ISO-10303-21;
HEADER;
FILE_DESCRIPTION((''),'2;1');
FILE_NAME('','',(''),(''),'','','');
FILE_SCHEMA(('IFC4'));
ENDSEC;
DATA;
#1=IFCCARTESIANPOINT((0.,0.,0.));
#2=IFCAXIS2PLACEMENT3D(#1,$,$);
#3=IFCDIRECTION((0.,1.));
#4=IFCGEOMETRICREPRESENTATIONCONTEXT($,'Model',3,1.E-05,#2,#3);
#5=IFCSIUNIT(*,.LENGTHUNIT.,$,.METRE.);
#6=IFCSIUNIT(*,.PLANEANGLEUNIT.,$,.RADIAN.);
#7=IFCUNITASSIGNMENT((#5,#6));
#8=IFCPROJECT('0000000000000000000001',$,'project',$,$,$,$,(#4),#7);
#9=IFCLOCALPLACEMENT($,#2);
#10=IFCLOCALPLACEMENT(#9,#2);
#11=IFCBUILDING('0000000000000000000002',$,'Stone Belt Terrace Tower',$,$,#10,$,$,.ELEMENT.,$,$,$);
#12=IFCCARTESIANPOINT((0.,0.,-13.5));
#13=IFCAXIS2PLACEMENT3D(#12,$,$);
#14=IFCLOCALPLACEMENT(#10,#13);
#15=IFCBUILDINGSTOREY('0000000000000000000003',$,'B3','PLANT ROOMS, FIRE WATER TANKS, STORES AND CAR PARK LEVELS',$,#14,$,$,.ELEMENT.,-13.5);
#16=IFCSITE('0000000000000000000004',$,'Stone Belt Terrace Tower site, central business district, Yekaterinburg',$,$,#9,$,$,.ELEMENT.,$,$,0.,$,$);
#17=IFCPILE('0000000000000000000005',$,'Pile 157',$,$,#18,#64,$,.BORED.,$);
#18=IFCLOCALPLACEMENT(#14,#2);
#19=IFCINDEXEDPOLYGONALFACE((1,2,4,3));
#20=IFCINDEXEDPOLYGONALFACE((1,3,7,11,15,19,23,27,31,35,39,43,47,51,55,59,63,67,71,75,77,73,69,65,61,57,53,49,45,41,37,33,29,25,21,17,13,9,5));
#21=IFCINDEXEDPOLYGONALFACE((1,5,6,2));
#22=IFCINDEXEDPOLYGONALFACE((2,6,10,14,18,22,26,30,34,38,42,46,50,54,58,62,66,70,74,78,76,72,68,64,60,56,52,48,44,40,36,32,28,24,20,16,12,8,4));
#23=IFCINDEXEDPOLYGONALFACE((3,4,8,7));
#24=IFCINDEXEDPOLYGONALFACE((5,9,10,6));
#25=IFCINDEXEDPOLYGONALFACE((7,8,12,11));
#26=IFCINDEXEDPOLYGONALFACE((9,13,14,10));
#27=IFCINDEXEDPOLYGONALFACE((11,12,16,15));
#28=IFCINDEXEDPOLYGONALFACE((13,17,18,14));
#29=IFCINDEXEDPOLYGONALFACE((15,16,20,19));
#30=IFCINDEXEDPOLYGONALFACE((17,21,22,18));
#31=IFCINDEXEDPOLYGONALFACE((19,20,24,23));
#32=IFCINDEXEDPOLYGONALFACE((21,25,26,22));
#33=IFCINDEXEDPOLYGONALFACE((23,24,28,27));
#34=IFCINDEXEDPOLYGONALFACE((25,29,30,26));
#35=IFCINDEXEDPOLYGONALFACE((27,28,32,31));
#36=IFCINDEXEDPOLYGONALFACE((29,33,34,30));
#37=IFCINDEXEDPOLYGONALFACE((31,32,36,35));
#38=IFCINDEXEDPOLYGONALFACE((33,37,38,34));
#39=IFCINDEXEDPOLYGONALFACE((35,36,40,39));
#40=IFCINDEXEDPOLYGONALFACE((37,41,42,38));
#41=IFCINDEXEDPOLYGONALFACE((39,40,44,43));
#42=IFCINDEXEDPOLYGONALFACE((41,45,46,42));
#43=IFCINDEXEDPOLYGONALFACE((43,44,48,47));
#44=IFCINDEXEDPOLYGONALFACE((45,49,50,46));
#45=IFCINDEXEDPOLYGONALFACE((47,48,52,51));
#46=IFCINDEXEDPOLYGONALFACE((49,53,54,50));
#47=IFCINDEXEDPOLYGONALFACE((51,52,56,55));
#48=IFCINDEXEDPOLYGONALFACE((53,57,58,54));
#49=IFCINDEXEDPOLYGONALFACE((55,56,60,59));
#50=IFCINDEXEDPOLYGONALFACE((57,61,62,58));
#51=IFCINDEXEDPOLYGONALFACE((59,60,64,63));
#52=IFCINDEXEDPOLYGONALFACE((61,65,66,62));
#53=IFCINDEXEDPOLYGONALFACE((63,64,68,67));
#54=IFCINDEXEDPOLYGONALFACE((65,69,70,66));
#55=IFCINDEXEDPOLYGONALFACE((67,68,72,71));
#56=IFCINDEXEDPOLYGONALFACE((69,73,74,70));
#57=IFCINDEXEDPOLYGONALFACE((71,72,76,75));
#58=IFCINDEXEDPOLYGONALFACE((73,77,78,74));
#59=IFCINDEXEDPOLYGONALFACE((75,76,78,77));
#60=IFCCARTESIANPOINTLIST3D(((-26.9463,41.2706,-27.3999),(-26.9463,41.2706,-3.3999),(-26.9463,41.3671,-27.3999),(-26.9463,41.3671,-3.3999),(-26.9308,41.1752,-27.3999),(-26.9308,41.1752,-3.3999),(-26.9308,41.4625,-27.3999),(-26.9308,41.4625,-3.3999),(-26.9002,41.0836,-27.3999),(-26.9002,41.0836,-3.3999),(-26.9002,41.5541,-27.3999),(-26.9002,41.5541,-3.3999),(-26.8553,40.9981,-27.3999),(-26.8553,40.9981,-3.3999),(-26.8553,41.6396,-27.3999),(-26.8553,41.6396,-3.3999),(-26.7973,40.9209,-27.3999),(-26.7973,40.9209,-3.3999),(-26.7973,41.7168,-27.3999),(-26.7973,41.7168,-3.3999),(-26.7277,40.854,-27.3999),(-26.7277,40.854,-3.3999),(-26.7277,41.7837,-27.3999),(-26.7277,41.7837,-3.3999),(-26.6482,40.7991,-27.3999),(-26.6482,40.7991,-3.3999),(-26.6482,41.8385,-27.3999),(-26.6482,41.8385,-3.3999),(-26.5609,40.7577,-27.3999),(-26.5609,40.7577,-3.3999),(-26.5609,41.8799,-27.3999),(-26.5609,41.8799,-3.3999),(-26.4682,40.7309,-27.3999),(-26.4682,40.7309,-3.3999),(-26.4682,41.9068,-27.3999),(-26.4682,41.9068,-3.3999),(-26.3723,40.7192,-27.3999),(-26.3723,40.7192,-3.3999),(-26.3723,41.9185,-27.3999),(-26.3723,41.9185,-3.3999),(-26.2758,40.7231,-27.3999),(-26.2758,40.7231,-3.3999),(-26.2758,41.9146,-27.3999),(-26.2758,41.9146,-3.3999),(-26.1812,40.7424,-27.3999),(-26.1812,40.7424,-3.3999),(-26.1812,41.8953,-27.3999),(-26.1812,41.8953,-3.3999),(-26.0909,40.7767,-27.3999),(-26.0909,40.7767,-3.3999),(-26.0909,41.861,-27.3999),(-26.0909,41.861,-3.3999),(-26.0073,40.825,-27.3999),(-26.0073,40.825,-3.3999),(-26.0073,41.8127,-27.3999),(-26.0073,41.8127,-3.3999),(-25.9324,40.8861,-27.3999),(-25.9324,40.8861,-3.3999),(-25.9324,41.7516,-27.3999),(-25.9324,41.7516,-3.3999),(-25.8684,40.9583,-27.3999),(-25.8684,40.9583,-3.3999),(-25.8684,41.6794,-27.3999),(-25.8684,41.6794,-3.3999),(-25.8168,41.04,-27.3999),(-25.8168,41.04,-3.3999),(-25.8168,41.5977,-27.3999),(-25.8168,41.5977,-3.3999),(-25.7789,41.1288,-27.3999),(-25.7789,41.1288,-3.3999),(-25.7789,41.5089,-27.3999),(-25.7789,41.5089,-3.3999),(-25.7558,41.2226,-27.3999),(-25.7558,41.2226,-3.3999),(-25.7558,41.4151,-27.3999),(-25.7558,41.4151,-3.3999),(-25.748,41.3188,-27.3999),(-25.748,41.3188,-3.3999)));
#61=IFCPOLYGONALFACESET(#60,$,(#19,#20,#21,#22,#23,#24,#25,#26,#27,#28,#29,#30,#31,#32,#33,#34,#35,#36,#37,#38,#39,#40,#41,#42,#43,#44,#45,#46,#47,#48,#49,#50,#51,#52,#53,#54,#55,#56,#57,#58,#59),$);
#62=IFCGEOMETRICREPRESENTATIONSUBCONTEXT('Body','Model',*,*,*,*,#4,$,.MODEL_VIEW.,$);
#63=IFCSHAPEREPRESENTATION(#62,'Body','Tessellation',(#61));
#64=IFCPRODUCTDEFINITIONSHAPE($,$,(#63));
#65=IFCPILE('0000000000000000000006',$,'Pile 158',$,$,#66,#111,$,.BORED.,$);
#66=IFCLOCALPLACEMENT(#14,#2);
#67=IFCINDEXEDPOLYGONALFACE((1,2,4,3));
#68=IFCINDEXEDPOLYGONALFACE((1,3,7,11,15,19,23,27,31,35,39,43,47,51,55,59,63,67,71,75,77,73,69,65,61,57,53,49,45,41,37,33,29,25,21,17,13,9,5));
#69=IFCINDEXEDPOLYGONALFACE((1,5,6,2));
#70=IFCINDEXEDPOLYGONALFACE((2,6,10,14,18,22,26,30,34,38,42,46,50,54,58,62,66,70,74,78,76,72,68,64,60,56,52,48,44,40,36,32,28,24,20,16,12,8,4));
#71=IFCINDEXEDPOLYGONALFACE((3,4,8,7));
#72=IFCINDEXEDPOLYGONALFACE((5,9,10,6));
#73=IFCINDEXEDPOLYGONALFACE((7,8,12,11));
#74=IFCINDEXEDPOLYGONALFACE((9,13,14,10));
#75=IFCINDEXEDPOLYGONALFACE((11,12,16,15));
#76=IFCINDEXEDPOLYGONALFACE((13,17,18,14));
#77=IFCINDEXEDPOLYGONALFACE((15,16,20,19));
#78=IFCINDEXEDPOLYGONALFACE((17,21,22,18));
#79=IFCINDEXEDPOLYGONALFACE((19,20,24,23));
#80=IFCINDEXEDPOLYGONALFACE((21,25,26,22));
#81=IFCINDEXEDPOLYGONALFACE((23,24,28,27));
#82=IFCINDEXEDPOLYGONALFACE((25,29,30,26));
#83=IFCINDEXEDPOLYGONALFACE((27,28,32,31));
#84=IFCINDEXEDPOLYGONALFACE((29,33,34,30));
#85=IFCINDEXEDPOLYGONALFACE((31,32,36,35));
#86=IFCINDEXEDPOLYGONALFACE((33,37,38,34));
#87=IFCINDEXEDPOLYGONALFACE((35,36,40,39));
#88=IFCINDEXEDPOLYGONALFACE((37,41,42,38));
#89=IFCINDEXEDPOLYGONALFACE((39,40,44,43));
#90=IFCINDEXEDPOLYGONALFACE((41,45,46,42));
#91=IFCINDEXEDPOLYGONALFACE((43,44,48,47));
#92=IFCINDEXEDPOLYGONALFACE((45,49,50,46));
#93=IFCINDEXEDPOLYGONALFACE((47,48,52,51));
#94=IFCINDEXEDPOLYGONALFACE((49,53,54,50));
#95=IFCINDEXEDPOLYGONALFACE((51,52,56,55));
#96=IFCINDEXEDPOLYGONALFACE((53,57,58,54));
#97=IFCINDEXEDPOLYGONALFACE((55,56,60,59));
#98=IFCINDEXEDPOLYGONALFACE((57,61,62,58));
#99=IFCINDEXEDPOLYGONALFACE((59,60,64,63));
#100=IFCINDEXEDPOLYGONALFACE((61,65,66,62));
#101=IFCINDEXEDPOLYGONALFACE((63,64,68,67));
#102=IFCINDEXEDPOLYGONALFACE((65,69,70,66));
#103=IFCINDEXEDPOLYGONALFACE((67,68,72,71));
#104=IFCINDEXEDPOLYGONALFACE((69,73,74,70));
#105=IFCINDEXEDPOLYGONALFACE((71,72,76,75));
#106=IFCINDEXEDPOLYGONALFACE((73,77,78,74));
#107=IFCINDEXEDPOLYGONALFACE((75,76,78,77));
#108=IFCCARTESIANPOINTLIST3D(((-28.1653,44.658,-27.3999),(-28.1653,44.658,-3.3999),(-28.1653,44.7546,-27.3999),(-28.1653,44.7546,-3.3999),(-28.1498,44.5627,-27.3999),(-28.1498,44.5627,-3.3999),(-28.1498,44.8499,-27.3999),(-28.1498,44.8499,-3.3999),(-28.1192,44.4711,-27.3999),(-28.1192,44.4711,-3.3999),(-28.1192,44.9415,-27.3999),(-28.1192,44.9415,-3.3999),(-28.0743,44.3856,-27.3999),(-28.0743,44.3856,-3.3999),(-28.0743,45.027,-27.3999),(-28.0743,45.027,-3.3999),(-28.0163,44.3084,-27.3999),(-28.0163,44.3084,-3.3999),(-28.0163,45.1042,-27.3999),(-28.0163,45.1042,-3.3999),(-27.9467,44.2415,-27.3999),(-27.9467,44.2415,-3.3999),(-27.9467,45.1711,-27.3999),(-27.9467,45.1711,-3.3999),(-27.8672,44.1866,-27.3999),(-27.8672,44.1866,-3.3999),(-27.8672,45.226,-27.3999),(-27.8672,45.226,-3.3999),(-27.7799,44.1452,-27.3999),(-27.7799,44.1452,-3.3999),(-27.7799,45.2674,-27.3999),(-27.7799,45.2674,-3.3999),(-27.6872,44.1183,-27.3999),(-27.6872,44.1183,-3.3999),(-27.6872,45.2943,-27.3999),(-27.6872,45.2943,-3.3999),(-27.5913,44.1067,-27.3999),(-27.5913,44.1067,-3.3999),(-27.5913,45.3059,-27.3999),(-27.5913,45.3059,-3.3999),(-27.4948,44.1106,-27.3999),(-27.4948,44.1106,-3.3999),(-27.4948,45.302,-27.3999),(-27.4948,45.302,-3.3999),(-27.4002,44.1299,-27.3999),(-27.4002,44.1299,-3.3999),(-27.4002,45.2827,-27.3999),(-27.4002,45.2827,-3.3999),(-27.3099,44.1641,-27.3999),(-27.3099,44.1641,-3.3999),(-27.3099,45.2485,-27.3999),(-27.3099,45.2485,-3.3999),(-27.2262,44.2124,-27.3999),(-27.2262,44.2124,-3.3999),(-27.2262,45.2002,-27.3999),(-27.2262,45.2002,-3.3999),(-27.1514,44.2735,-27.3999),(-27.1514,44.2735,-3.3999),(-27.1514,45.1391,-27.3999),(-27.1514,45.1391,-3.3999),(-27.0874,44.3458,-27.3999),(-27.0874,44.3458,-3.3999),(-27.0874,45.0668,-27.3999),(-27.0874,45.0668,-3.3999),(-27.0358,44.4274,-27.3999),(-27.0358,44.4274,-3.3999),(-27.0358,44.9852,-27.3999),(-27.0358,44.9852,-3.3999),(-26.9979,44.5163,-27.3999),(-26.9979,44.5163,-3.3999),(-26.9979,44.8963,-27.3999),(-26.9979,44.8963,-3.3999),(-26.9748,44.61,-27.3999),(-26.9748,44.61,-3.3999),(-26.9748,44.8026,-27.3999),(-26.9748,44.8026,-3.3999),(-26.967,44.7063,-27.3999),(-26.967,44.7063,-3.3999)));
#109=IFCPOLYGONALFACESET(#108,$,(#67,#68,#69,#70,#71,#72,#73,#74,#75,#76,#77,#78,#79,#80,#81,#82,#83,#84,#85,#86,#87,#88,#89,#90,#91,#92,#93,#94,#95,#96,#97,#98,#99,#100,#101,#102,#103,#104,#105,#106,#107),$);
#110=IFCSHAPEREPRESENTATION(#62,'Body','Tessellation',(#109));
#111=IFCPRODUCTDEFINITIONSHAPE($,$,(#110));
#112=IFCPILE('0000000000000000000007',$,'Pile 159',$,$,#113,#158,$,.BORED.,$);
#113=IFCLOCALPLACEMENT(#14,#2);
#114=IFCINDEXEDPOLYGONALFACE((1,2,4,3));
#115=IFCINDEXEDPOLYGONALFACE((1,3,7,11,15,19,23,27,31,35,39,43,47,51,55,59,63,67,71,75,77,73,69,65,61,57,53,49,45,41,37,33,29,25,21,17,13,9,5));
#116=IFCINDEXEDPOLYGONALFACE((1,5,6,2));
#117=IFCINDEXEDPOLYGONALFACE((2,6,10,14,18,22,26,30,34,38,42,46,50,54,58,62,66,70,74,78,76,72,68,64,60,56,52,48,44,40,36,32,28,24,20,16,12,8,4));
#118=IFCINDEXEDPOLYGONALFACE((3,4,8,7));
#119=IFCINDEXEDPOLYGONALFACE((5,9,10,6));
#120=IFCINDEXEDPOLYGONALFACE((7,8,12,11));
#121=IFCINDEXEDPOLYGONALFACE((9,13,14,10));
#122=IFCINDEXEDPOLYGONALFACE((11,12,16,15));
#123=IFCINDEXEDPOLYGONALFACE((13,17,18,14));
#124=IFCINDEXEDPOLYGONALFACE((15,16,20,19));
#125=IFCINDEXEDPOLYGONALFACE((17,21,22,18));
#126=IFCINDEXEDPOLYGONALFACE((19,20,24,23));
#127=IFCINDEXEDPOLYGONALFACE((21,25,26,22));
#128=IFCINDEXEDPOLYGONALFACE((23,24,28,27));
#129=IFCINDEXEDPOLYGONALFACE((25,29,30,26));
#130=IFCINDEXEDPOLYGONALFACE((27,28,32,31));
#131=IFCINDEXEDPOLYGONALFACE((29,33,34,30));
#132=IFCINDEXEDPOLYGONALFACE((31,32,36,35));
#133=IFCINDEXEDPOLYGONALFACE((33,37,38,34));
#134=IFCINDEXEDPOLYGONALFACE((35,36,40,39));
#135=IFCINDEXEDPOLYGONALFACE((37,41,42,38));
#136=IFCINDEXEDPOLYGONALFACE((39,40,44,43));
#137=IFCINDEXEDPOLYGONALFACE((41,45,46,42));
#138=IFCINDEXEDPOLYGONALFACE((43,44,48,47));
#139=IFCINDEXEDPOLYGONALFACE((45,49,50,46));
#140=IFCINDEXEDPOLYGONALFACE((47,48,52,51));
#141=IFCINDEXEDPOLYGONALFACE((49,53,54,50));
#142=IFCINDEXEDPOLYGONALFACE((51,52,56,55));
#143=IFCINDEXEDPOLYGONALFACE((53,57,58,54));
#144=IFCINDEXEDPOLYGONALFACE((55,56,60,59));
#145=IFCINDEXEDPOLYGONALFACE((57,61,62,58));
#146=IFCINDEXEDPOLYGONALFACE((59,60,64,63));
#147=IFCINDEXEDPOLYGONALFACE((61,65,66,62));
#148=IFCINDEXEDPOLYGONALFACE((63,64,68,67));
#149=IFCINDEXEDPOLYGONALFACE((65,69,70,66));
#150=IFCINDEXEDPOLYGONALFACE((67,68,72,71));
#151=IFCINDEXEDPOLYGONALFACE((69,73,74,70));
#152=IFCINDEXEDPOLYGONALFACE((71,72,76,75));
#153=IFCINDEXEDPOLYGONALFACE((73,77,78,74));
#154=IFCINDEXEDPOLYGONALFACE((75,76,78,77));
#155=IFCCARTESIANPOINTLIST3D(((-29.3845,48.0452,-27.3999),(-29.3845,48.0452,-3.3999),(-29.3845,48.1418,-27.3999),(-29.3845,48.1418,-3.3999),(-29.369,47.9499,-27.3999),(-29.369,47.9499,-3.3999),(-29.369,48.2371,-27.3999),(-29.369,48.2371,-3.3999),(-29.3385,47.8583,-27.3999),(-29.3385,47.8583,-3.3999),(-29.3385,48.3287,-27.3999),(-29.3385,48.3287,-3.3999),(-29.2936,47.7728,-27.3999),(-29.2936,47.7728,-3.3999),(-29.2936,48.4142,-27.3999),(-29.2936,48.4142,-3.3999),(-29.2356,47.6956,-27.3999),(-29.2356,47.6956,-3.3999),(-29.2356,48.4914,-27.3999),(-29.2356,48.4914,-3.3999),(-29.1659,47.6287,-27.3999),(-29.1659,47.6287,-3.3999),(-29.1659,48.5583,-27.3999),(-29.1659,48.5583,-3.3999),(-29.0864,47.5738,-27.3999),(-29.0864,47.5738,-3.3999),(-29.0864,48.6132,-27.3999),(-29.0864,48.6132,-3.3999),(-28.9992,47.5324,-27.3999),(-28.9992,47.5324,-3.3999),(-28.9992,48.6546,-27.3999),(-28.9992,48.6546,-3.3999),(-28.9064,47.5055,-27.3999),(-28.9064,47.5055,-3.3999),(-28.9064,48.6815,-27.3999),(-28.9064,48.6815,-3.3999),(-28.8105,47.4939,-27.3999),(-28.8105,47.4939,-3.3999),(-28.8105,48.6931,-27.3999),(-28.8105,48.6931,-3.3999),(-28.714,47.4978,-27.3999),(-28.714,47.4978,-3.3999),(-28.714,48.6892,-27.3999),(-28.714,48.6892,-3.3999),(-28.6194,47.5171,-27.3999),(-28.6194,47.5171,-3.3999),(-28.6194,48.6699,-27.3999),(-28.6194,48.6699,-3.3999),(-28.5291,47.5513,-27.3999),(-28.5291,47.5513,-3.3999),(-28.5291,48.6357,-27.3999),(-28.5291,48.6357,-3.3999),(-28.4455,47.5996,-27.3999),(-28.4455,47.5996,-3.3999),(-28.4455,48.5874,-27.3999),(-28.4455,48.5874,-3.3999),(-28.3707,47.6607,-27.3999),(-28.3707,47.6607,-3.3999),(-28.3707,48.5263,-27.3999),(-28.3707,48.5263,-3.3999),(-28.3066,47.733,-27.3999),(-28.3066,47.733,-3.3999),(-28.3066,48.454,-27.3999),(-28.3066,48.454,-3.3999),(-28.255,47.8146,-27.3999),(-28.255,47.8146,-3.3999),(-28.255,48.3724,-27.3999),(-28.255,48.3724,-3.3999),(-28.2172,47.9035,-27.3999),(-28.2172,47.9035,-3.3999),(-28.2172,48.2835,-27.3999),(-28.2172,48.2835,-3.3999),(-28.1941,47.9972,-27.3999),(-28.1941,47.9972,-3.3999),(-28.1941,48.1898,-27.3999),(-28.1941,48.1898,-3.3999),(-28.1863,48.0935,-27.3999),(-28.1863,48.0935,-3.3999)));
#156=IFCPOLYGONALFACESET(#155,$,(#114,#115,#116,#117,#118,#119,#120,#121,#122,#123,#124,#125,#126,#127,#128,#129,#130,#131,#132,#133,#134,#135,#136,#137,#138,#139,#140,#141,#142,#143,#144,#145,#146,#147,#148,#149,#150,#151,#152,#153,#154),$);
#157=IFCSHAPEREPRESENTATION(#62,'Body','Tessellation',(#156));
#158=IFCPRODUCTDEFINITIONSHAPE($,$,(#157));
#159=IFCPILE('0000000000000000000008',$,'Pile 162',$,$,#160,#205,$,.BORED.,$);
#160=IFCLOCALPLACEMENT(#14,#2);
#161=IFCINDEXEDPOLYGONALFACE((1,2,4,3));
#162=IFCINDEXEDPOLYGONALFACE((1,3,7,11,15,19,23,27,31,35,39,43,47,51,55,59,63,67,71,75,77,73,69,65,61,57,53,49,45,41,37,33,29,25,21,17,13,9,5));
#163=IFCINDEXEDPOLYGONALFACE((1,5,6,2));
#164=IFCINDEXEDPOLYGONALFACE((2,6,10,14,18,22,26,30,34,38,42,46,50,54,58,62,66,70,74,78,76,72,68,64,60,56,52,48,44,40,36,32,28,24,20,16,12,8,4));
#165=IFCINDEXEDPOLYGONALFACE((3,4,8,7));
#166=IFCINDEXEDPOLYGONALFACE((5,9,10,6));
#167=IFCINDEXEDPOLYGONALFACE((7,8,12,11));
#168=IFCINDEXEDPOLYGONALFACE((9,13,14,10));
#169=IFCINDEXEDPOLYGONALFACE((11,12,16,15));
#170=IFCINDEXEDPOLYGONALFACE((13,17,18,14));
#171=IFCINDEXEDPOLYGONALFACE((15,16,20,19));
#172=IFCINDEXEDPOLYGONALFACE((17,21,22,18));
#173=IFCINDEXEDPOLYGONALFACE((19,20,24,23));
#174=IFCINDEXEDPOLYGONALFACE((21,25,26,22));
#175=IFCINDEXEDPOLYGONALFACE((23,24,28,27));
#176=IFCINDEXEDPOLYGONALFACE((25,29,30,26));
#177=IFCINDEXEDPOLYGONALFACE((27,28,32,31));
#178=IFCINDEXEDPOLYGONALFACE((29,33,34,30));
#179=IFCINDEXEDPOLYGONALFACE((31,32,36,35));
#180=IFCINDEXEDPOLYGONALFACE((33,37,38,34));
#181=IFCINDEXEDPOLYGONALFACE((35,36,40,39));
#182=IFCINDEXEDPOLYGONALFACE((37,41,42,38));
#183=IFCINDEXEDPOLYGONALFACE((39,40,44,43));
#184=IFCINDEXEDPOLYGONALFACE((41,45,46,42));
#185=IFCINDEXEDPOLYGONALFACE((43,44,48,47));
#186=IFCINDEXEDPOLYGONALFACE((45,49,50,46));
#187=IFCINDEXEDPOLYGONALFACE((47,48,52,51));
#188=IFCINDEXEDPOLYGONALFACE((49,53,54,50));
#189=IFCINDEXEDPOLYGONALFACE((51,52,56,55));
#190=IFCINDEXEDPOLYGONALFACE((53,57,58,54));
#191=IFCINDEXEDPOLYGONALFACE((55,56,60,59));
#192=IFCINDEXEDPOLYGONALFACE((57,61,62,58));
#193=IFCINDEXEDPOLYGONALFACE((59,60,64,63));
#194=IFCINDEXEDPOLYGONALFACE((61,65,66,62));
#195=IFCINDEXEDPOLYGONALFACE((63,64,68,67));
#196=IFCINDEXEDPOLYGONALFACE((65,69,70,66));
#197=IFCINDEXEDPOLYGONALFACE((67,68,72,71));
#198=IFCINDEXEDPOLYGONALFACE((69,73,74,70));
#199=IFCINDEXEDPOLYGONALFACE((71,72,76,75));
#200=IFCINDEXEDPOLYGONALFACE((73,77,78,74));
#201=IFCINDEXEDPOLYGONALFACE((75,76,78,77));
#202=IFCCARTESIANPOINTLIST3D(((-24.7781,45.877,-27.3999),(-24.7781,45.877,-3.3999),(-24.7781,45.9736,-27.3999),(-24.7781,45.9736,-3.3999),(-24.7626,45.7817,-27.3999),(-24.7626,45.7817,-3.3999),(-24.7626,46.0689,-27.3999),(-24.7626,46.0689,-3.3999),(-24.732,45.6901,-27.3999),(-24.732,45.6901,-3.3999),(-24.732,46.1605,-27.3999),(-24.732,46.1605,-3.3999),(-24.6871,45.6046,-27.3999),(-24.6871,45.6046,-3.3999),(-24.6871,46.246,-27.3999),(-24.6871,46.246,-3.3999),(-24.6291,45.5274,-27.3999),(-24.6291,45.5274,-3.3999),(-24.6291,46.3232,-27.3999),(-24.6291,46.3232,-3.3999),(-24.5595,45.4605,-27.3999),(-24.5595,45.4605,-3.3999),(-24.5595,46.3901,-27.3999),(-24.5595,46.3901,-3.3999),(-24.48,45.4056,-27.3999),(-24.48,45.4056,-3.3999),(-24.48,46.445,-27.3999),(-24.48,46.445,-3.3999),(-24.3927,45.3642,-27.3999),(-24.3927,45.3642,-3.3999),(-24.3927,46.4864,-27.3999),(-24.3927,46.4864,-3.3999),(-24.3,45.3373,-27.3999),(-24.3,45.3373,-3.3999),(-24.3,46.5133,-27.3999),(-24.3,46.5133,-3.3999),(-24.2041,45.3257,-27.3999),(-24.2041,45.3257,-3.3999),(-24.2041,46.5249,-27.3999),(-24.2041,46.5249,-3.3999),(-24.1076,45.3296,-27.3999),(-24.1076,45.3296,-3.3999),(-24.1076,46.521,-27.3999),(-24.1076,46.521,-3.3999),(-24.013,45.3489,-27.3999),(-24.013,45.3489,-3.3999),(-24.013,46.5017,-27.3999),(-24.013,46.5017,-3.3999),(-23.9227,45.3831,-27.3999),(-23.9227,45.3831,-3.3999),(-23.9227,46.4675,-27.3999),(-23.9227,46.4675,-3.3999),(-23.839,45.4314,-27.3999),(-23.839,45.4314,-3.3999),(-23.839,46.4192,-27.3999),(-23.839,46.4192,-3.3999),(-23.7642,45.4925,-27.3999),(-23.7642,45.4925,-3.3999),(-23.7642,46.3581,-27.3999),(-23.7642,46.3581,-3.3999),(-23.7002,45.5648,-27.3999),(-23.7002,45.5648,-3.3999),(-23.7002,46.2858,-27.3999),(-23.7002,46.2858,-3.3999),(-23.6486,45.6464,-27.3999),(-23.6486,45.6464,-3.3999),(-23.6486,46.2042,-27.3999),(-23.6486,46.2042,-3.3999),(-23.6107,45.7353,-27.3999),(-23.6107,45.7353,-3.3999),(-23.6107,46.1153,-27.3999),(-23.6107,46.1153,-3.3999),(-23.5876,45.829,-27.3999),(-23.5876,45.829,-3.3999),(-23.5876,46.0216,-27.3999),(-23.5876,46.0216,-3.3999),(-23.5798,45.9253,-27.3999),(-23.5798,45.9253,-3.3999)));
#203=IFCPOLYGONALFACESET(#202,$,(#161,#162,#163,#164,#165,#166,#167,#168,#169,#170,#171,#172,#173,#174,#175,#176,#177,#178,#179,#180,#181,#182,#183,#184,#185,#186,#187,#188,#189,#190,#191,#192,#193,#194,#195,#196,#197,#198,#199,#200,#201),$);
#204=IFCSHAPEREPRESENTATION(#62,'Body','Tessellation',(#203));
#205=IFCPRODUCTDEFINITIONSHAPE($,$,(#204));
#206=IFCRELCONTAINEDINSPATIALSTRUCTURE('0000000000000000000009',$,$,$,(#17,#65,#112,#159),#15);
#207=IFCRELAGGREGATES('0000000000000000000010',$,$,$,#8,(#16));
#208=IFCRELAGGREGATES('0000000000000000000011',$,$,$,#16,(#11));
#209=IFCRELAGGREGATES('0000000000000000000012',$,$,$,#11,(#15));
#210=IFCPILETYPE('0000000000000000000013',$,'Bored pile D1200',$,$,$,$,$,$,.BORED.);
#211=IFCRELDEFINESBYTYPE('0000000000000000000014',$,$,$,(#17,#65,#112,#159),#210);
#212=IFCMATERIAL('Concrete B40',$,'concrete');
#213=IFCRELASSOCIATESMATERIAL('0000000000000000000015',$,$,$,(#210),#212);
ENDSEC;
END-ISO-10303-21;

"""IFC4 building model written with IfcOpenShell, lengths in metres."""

from ifc_helpers import new_model, si_unit, direction, frame, origin, origin_2d, place, context, subcontext, project, spatial, circle, extrude, material, material_profile, profile_set, type_object, element, save


model = new_model("IFC4")

# Units and contexts
model_context = context("Model", 3, precision=1e-05, world=origin(), true_north=direction((0.0, 1.0)))
body_context = subcontext(model_context, "Body", "Model", "MODEL_VIEW")
ifc_project = project(units=[si_unit("LENGTHUNIT", "METRE"), si_unit("PLANEANGLEUNIT", "RADIAN")], contexts=[model_context])

# Site, building, storey
site_placement = place(None, origin())
site = spatial("IfcSite", under=ifc_project, at=site_placement, Name="Stone Belt Terrace Tower site, central business district, Yekaterinburg", CompositionType="ELEMENT", RefElevation=0.0)
building_placement = place(site_placement, origin())
building = spatial("IfcBuilding", under=site, at=building_placement, Name="Stone Belt Terrace Tower", CompositionType="ELEMENT")
storey_placement = place(building_placement, frame((0.0, 0.0, -13.5)))
storey = spatial("IfcBuildingStorey", under=building, at=storey_placement, Name="B3", Description="PLANT ROOMS, FIRE WATER TANKS, STORES AND CAR PARK LEVELS", CompositionType="ELEMENT", Elevation=-13.5)

# Piles
ifc_material_1 = material(Name="Concrete B40", Category="concrete")
ifc_material_profile_1 = material_profile(ifc_material_1, circle(Radius=0.6001, at=origin_2d()), Name="PILE D1200")
ifc_profile_set_1 = profile_set([ifc_material_profile_1], Name="Concrete B40")
pile_type = type_object("IfcPileType", Name="Bored pile D1200", PredefinedType="BORED", material=ifc_profile_set_1)
for number, where, z_axis, x_axis, name in (
    (1, (-26.3481, 41.3188, -3.3999), (0.0, 0.0, -1.0), (1.0, 0.0, 0.0), "Pile 157"),
    (2, (-27.5671, 44.7063, -3.3999), (0.0, 0.0, -1.0), (1.0, 0.0, 0.0), "Pile 158"),
    (3, (-28.7864, 48.0935, -3.3999), (0.0, 0.0, -1.0), (1.0, 0.0, 0.0), "Pile 159"),
    (4, (-24.1799, 45.9253, -3.3999), (0.0, 0.0, -1.0), (1.0, 0.0, 0.0), "Pile 162"),
):
    element("IfcPile", number, at=place(storey_placement, frame(where, z_axis=z_axis, x_axis=x_axis)), inside=storey, type_object=pile_type, Name=name, PredefinedType="BORED", context=body_context, shape_type="SweptSolid", body=[
        extrude(circle(Radius=0.6001, at=origin_2d()), origin(), (0.0, 0.0, 1.0), 24.0),
    ])

save(model, "model.ifc")
